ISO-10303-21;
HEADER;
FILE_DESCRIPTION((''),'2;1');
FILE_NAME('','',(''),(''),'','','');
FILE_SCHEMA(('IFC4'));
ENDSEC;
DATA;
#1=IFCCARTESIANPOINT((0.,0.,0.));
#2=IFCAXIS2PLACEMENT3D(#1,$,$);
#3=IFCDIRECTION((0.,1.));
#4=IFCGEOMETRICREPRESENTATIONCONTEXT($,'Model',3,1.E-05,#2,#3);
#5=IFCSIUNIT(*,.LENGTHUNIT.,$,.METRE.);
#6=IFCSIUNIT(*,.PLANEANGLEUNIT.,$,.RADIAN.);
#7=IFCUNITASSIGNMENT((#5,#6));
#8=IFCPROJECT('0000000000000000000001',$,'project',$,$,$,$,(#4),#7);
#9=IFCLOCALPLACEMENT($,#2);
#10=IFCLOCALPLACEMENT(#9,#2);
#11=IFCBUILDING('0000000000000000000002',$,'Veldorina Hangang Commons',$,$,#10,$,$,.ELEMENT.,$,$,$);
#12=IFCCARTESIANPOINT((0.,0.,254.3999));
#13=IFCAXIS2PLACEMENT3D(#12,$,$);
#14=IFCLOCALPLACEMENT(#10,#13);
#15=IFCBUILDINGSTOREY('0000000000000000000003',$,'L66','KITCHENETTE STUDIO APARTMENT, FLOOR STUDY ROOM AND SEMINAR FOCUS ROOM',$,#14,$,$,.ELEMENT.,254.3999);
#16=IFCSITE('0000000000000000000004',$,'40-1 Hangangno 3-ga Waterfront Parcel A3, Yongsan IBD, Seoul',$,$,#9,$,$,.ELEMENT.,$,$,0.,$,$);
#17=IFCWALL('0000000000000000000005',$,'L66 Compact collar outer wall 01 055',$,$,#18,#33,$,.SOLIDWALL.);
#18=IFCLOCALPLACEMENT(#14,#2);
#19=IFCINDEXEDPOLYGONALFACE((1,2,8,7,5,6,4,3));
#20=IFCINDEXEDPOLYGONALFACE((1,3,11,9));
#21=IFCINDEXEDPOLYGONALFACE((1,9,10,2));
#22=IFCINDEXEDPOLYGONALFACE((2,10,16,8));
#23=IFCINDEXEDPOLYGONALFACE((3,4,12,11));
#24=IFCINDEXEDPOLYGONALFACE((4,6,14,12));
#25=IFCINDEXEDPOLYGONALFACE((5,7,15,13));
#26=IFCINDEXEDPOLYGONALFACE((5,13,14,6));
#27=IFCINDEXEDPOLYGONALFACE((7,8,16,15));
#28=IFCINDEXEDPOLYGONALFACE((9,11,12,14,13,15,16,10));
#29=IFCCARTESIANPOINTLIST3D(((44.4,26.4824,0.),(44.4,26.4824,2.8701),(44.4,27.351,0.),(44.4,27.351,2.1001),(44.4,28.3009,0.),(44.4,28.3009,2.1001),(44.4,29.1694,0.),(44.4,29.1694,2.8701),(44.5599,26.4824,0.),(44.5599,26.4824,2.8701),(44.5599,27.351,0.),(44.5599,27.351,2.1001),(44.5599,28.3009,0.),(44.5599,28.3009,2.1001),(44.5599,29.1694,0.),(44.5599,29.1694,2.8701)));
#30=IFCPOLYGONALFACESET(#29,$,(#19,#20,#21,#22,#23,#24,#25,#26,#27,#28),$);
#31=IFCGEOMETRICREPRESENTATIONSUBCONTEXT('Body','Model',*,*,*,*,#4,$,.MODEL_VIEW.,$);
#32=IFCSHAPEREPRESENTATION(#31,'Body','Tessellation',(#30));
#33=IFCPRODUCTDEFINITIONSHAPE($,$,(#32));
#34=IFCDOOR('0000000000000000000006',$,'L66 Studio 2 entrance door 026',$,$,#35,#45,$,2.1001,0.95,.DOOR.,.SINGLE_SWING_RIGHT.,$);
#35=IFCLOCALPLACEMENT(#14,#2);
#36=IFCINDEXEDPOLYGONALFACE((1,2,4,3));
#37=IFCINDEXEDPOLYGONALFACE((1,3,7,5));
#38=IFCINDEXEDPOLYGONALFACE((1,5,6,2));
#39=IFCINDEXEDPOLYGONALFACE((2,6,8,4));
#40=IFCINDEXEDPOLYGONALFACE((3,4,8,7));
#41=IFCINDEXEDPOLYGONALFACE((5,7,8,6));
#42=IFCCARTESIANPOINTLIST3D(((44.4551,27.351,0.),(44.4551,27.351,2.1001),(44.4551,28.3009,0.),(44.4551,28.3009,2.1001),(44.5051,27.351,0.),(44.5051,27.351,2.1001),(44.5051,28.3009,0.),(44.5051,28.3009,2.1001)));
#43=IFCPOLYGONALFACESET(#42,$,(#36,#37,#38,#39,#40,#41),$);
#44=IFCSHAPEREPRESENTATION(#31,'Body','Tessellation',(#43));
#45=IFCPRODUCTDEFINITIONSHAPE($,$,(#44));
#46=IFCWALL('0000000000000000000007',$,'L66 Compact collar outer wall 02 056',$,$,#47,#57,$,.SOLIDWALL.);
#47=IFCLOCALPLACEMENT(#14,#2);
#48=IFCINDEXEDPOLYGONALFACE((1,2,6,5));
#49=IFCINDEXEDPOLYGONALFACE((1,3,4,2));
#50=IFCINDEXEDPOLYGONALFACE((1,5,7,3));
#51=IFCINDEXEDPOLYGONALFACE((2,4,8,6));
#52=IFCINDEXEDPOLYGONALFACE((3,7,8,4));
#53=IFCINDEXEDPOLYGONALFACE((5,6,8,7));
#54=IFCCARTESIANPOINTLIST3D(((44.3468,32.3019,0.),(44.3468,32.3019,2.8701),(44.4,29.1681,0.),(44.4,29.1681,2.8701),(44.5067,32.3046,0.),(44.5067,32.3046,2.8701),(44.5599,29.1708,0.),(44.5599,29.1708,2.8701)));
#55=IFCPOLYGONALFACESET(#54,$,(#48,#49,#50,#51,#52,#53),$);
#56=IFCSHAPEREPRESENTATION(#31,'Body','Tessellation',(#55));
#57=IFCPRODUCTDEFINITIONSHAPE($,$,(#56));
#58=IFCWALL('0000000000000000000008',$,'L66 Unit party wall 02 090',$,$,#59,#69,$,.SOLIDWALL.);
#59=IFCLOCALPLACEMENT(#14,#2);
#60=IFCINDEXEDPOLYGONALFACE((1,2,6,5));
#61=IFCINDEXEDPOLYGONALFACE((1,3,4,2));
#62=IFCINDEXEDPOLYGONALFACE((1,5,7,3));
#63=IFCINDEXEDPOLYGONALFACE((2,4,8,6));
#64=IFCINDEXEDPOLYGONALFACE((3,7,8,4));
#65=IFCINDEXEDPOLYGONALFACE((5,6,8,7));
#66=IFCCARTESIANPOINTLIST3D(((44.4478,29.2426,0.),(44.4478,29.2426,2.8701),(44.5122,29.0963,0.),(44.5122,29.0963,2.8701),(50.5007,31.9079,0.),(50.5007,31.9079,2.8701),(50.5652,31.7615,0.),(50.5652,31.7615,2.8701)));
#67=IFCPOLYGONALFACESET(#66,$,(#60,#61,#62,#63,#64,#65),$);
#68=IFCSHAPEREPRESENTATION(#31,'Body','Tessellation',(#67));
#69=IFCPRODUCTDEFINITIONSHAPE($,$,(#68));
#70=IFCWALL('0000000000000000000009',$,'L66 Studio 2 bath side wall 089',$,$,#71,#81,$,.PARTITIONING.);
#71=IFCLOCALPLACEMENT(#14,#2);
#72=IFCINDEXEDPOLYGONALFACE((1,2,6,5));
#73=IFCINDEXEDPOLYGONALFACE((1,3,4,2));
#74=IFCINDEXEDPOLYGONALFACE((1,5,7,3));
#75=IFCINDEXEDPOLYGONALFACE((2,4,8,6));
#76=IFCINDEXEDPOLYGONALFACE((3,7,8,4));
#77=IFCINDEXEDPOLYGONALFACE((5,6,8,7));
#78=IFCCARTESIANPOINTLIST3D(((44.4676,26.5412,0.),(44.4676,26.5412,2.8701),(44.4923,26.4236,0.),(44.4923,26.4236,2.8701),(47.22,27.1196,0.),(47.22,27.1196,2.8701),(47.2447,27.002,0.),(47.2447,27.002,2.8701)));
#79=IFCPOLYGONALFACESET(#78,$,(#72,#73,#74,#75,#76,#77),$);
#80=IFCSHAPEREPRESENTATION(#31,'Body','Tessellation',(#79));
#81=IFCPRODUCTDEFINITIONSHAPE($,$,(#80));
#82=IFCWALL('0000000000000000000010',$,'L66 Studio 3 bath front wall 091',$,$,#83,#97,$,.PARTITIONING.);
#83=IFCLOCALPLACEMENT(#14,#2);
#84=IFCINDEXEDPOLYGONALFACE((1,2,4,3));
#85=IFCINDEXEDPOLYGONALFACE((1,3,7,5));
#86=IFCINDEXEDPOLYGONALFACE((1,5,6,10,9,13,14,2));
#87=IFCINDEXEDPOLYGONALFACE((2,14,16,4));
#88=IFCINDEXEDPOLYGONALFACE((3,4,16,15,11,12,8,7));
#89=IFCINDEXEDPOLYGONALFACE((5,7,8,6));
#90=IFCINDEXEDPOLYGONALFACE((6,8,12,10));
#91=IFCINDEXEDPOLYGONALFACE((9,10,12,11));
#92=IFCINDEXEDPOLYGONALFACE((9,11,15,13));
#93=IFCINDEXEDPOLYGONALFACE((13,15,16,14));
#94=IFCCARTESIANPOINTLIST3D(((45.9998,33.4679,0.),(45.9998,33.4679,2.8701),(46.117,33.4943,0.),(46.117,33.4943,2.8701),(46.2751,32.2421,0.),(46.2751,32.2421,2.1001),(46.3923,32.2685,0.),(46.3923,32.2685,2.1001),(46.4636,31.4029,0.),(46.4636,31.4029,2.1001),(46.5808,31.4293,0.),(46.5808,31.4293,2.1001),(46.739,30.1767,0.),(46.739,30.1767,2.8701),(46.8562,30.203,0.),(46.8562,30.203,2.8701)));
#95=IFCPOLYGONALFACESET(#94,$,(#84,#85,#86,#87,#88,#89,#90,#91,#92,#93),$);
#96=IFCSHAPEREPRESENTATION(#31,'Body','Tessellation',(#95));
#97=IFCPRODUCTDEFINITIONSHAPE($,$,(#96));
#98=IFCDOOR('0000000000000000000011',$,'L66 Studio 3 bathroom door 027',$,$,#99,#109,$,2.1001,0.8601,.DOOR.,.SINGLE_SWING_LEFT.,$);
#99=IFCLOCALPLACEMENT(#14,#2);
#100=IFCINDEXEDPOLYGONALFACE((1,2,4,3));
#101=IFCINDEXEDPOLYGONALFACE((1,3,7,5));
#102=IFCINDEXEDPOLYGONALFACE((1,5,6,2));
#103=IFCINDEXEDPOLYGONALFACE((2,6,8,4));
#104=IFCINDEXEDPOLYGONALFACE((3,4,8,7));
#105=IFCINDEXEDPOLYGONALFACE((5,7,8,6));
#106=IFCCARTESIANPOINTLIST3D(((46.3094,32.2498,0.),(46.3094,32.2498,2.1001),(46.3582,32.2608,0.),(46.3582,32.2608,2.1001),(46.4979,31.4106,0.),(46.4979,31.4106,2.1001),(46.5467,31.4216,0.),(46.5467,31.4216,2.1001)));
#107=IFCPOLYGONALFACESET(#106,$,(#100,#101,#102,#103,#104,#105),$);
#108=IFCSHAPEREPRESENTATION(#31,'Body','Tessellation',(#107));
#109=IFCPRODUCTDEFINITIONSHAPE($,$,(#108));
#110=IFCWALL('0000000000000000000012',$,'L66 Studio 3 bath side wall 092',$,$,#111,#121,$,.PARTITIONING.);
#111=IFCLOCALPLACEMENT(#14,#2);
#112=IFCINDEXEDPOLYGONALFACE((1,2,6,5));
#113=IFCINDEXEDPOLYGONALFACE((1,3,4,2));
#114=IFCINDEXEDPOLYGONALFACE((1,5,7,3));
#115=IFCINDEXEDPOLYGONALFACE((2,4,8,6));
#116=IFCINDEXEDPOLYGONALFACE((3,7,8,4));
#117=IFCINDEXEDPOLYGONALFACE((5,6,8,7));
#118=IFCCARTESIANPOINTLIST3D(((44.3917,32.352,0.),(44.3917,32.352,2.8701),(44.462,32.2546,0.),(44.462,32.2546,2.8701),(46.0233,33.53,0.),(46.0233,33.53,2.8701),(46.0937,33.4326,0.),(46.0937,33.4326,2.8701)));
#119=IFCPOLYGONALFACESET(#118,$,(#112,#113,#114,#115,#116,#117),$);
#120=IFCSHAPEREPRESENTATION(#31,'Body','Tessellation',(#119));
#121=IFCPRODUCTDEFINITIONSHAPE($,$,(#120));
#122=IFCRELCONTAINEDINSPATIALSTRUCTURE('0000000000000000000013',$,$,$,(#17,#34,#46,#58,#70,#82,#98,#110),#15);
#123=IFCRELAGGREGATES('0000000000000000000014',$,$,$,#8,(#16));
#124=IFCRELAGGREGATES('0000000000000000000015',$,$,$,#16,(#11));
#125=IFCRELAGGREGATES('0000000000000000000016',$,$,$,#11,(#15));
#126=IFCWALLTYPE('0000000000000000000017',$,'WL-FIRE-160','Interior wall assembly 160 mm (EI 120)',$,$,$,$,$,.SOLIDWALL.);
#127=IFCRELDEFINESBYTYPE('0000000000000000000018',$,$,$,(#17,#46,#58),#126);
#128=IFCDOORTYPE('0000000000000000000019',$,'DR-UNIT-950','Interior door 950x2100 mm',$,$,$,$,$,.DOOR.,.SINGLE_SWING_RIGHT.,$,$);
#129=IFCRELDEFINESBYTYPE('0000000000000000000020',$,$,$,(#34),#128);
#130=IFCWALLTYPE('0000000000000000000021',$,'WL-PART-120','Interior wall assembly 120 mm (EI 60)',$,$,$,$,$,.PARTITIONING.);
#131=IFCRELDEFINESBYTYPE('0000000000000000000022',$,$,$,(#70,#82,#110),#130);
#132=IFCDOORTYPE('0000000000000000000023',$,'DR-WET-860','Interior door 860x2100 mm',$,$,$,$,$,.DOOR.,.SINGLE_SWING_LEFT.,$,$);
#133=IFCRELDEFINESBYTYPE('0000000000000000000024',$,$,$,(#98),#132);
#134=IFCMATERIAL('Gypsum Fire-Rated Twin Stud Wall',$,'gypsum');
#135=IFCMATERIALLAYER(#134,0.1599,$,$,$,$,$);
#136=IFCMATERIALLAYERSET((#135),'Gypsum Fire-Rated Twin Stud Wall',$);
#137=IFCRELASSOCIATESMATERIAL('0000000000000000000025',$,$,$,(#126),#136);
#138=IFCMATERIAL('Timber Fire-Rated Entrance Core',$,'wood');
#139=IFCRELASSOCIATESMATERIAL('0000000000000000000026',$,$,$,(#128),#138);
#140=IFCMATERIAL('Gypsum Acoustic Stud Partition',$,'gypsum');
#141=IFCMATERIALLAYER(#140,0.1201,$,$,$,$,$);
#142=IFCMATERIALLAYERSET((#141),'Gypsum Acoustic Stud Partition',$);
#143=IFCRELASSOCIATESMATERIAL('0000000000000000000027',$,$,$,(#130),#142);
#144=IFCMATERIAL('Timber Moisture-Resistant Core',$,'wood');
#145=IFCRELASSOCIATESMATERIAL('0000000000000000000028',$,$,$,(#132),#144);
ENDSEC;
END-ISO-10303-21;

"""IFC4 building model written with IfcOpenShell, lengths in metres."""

from ifc_helpers import new_model, si_unit, direction, frame, frame_2d, origin, place, context, subcontext, project, spatial, rectangle, extrude, material, layer, layer_set, type_object, element, fill, save


model = new_model("IFC4")

# Units and contexts
model_context = context("Model", 3, precision=1e-05, world=origin(), true_north=direction((0.0, 1.0)))
body_context = subcontext(model_context, "Body", "Model", "MODEL_VIEW")
ifc_project = project(units=[si_unit("LENGTHUNIT", "METRE"), si_unit("PLANEANGLEUNIT", "RADIAN")], contexts=[model_context])

# Site, building, storey
site_placement = place(None, origin())
site = spatial("IfcSite", under=ifc_project, at=site_placement, Name="40-1 Hangangno 3-ga Waterfront Parcel A3, Yongsan IBD, Seoul", CompositionType="ELEMENT", RefElevation=0.0)
building_placement = place(site_placement, origin())
building = spatial("IfcBuilding", under=site, at=building_placement, Name="Veldorina Hangang Commons", CompositionType="ELEMENT")
storey_placement = place(building_placement, frame((0.0, 0.0, 254.3999)))
storey = spatial("IfcBuildingStorey", under=building, at=storey_placement, Name="L66", Description="KITCHENETTE STUDIO APARTMENT, FLOOR STUDY ROOM AND SEMINAR FOCUS ROOM", CompositionType="ELEMENT", Elevation=254.3999)

# Wall, opening, door
ifc_material_1 = material(Name="Gypsum Fire-Rated Twin Stud Wall", Category="gypsum")
ifc_layer_1 = layer(ifc_material_1, 0.1599)
ifc_layer_set_1 = layer_set([ifc_layer_1], Name="Gypsum Fire-Rated Twin Stud Wall")
wall_type_1 = type_object("IfcWallType", Name="WL-FIRE-160", Description="Interior wall assembly 160 mm (EI 120)", PredefinedType="SOLIDWALL", material=ifc_layer_set_1)
wall_1_placement = place(storey_placement, frame((44.48, 26.4824, 0.0), z_axis=(0.0, 0.0, 1.0), x_axis=(0.0, 1.0, 0.0)))
wall_1 = element("IfcWall", 1, at=wall_1_placement, inside=storey, type_object=wall_type_1, Name="L66 Compact collar outer wall 01 055", PredefinedType="SOLIDWALL", context=body_context, shape_type="SweptSolid", body=[
    extrude(rectangle(XDim=2.687, YDim=0.1599, at=frame_2d((1.3435, 0.0))), origin(), (0.0, 0.0, 1.0), 2.8701),
])
opening_1_placement = place(wall_1_placement, frame((0.8684, 0.0, 0.0)))
opening_1 = element("IfcOpeningElement", 2, at=opening_1_placement, cuts=wall_1, PredefinedType="OPENING", context=body_context, shape_type="SweptSolid", body=[
    extrude(rectangle(XDim=0.95, YDim=2.1001, at=frame_2d((0.4751, 1.05))), frame((0.0, 0.0898, 0.0), z_axis=(0.0, -1.0, 0.0), x_axis=(1.0, 0.0, 0.0)), (0.0, 0.0, 1.0), 0.1799),
])
ifc_material_2 = material(Name="Timber Fire-Rated Entrance Core", Category="wood")
door_type_1 = type_object("IfcDoorType", Name="DR-UNIT-950", Description="Interior door 950x2100 mm", OperationType="SINGLE_SWING_RIGHT", PredefinedType="DOOR", material=ifc_material_2)
door_1_placement = place(opening_1_placement, origin())
door_1 = element("IfcDoor", 3, at=door_1_placement, inside=storey, type_object=door_type_1, Name="L66 Studio 2 entrance door 026", OperationType="SINGLE_SWING_RIGHT", OverallHeight=2.1001, OverallWidth=0.95, PredefinedType="DOOR", context=body_context, shape_type="SweptSolid", body=[
    extrude(rectangle(XDim=0.95, YDim=2.1001, at=frame_2d((0.4751, 1.05))), frame((0.0, 0.0249, 0.0), z_axis=(0.0, -1.0, 0.0), x_axis=(1.0, 0.0, 0.0)), (0.0, 0.0, 1.0), 0.05),
])
fill(opening_1, door_1)

# Walls
wall_2_placement = place(storey_placement, frame((44.48, 29.1694, 0.0), z_axis=(0.0, 0.0, 1.0), x_axis=(-0.016981, 0.999856, 0.0)))
element("IfcWall", 4, at=wall_2_placement, inside=storey, type_object=wall_type_1, Name="L66 Compact collar outer wall 02 056", PredefinedType="SOLIDWALL", context=body_context, shape_type="SweptSolid", body=[
    extrude(rectangle(XDim=3.1343, YDim=0.1599, at=frame_2d((1.5671, 0.0))), origin(), (0.0, 0.0, 1.0), 2.8701),
])
wall_3_placement = place(storey_placement, frame((44.48, 29.1694, 0.0), z_axis=(0.0, 0.0, 1.0), x_axis=(0.915205, 0.402988, 0.0)))
element("IfcWall", 5, at=wall_3_placement, inside=storey, type_object=wall_type_1, Name="L66 Unit party wall 02 090", PredefinedType="SOLIDWALL", context=body_context, shape_type="SweptSolid", body=[
    extrude(rectangle(XDim=6.6138, YDim=0.1599, at=frame_2d((3.3069, 0.0))), origin(), (0.0, 0.0, 1.0), 2.8701),
])
ifc_material_3 = material(Name="Gypsum Acoustic Stud Partition", Category="gypsum")
ifc_layer_2 = layer(ifc_material_3, 0.1201)
ifc_layer_set_2 = layer_set([ifc_layer_2], Name="Gypsum Acoustic Stud Partition")
wall_type_2 = type_object("IfcWallType", Name="WL-PART-120", Description="Interior wall assembly 120 mm (EI 60)", PredefinedType="PARTITIONING", material=ifc_layer_set_2)
wall_4_placement = place(storey_placement, frame((44.48, 26.4824, 0.0), z_axis=(0.0, 0.0, 1.0), x_axis=(0.978628, 0.205639, 0.0)))
element("IfcWall", 6, at=wall_4_placement, inside=storey, type_object=wall_type_2, Name="L66 Studio 2 bath side wall 089", PredefinedType="PARTITIONING", context=body_context, shape_type="SweptSolid", body=[
    extrude(rectangle(XDim=2.8125, YDim=0.1201, at=frame_2d((1.4062, 0.0))), origin(), (0.0, 0.0, 1.0), 2.8701),
])

# Wall, opening, door
wall_5_placement = place(storey_placement, frame((46.7976, 30.1899, 0.0), z_axis=(0.0, 0.0, 1.0), x_axis=(-0.219152, 0.975691, 0.0)))
wall_5 = element("IfcWall", 7, at=wall_5_placement, inside=storey, type_object=wall_type_2, Name="L66 Studio 3 bath front wall 091", PredefinedType="PARTITIONING", context=body_context, shape_type="SweptSolid", body=[
    extrude(rectangle(XDim=3.3733, YDim=0.1201, at=frame_2d((1.6865, 0.0))), origin(), (0.0, 0.0, 1.0), 2.8701),
])
opening_2_placement = place(wall_5_placement, frame((1.2566, 0.0, 0.0)))
opening_2 = element("IfcOpeningElement", 8, at=opening_2_placement, cuts=wall_5, PredefinedType="OPENING", context=body_context, shape_type="SweptSolid", body=[
    extrude(rectangle(XDim=0.8601, YDim=2.1001, at=frame_2d((0.4302, 1.05))), frame((0.0, 0.0701, 0.0), z_axis=(0.0, -1.0, 0.0), x_axis=(1.0, 0.0, 0.0)), (0.0, 0.0, 1.0), 0.1401),
])
ifc_material_4 = material(Name="Timber Moisture-Resistant Core", Category="wood")
door_type_2 = type_object("IfcDoorType", Name="DR-WET-860", Description="Interior door 860x2100 mm", OperationType="SINGLE_SWING_LEFT", PredefinedType="DOOR", material=ifc_material_4)
door_2_placement = place(opening_2_placement, origin())
door_2 = element("IfcDoor", 9, at=door_2_placement, inside=storey, type_object=door_type_2, Name="L66 Studio 3 bathroom door 027", OperationType="SINGLE_SWING_LEFT", OverallHeight=2.1001, OverallWidth=0.8601, PredefinedType="DOOR", context=body_context, shape_type="SweptSolid", body=[
    extrude(rectangle(XDim=0.8601, YDim=2.1001, at=frame_2d((0.4302, 1.05))), frame((0.0, 0.0249, 0.0), z_axis=(0.0, -1.0, 0.0), x_axis=(1.0, 0.0, 0.0)), (0.0, 0.0, 1.0), 0.05),
])
fill(opening_2, door_2)

# Wall
wall_6_placement = place(storey_placement, frame((44.4268, 32.3032, 0.0), z_axis=(0.0, 0.0, 1.0), x_axis=(0.810772, 0.585362, 0.0)))
element("IfcWall", 10, at=wall_6_placement, inside=storey, type_object=wall_type_2, Name="L66 Studio 3 bath side wall 092", PredefinedType="PARTITIONING", context=body_context, shape_type="SweptSolid", body=[
    extrude(rectangle(XDim=2.0125, YDim=0.1201, at=frame_2d((1.0063, 0.0))), origin(), (0.0, 0.0, 1.0), 2.8701),
])

save(model, "model.ifc")
